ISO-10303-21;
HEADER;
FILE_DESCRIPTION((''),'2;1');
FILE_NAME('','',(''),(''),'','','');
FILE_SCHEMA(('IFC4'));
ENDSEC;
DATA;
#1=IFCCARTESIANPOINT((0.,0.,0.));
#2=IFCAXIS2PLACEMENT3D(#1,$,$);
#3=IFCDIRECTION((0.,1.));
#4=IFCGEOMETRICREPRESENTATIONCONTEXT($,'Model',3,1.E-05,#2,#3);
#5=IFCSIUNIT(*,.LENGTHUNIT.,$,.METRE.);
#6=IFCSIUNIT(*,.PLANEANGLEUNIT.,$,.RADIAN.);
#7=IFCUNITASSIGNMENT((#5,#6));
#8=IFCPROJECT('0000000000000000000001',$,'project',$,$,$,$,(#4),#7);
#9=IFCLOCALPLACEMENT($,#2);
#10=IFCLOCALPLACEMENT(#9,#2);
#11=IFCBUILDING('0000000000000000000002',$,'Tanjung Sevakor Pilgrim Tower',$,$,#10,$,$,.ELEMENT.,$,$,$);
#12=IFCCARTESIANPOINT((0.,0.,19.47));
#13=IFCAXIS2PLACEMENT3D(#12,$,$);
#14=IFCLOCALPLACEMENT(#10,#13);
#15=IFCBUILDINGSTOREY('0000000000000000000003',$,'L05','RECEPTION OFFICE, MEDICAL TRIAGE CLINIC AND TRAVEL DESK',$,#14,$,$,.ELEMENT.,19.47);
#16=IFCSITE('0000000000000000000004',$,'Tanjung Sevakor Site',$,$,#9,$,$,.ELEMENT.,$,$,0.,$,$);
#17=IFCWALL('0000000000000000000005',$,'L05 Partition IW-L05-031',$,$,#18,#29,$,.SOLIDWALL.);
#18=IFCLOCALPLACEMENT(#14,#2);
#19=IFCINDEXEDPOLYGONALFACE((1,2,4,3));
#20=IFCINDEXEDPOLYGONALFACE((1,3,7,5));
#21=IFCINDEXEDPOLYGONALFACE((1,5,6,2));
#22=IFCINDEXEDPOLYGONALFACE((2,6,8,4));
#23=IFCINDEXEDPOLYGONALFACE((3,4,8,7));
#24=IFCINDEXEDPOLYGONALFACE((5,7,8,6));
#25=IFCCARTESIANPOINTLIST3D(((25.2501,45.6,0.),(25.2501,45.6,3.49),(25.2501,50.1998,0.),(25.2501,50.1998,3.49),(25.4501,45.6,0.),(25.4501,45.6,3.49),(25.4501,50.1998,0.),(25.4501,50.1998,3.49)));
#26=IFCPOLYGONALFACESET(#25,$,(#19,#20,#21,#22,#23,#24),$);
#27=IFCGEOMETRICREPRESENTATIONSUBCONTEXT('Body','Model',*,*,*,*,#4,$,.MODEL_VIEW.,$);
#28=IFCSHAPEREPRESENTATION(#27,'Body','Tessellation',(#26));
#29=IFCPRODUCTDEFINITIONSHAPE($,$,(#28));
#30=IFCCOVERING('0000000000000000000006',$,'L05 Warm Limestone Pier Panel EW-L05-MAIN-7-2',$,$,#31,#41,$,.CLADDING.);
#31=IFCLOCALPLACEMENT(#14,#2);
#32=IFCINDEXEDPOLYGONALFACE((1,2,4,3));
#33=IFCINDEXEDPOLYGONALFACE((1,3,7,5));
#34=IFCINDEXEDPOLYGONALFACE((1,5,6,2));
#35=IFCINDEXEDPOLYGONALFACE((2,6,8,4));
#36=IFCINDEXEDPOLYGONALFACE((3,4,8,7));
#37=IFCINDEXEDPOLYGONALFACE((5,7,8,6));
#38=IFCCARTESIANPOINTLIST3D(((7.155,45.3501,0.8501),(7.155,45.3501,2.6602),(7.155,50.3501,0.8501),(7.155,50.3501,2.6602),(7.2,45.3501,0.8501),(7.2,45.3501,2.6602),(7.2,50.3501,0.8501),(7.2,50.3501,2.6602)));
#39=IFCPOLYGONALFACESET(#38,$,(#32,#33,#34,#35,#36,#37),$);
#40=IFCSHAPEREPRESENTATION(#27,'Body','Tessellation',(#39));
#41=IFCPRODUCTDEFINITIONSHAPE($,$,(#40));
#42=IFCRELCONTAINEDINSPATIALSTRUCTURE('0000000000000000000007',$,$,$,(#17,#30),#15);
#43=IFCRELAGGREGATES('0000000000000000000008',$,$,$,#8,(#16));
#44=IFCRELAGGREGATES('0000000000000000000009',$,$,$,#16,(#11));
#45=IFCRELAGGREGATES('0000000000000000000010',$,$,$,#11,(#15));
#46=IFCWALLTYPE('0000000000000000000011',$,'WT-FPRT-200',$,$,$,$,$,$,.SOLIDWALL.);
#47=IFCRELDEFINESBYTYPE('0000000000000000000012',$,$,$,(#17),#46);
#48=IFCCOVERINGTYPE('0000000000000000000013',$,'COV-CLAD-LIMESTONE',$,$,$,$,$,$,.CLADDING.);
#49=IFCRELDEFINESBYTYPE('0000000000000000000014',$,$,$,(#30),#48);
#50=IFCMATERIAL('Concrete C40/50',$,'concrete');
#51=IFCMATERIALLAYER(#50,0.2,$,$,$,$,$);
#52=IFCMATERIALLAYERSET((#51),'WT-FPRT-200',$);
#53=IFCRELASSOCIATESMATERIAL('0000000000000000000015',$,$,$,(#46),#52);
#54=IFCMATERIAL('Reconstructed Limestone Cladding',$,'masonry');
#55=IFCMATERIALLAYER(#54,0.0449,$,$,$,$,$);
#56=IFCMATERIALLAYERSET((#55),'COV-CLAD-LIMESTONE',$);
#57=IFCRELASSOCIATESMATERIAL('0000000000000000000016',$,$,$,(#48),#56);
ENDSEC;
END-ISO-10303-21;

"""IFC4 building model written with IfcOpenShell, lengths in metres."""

from ifc_helpers import new_model, si_unit, direction, frame, frame_2d, origin, origin_2d, place, context, subcontext, project, spatial, rectangle, extrude, material, layer, layer_set, type_object, element, save


model = new_model("IFC4")

# Units and contexts
model_context = context("Model", 3, precision=1e-05, world=origin(), true_north=direction((0.0, 1.0)))
body_context = subcontext(model_context, "Body", "Model", "MODEL_VIEW")
ifc_project = project(units=[si_unit("LENGTHUNIT", "METRE"), si_unit("PLANEANGLEUNIT", "RADIAN")], contexts=[model_context])

# Site, building, storey
site_placement = place(None, origin())
site = spatial("IfcSite", under=ifc_project, at=site_placement, Name="Tanjung Sevakor Site", CompositionType="ELEMENT", RefElevation=0.0)
building_placement = place(site_placement, origin())
building = spatial("IfcBuilding", under=site, at=building_placement, Name="Tanjung Sevakor Pilgrim Tower", CompositionType="ELEMENT")
storey_placement = place(building_placement, frame((0.0, 0.0, 19.47)))
storey = spatial("IfcBuildingStorey", under=building, at=storey_placement, Name="L05", Description="RECEPTION OFFICE, MEDICAL TRIAGE CLINIC AND TRAVEL DESK", CompositionType="ELEMENT", Elevation=19.47)

# Wall
ifc_material_1 = material(Name="Concrete C40/50", Category="concrete")
ifc_layer_1 = layer(ifc_material_1, 0.2)
ifc_layer_set_1 = layer_set([ifc_layer_1], Name="WT-FPRT-200")
wall_type_1 = type_object("IfcWallType", Name="WT-FPRT-200", PredefinedType="SOLIDWALL", material=ifc_layer_set_1)
wall_1_placement = place(storey_placement, frame((25.3501, 45.6001, 0.0), z_axis=(0.0, 0.0, 1.0), x_axis=(0.0, 1.0, 0.0)))
element("IfcWall", 1, at=wall_1_placement, inside=storey, type_object=wall_type_1, Name="L05 Partition IW-L05-031", PredefinedType="SOLIDWALL", context=body_context, shape_type="SweptSolid", body=[
    extrude(rectangle(XDim=4.5999, YDim=0.2, at=frame_2d((2.2998, 0.0))), origin(), (0.0, 0.0, 1.0), 3.49),
])

# Covering
ifc_material_2 = material(Name="Reconstructed Limestone Cladding", Category="masonry")
ifc_layer_2 = layer(ifc_material_2, 0.0449)
ifc_layer_set_2 = layer_set([ifc_layer_2], Name="COV-CLAD-LIMESTONE")
covering_type = type_object("IfcCoveringType", Name="COV-CLAD-LIMESTONE", PredefinedType="CLADDING", material=ifc_layer_set_2)
covering_placement = place(storey_placement, frame((7.1775, 47.8501, 0.8501), z_axis=(0.0, 0.0, 1.0), x_axis=(0.0, -1.0, 0.0)))
element("IfcCovering", 2, at=covering_placement, inside=storey, type_object=covering_type, Name="L05 Warm Limestone Pier Panel EW-L05-MAIN-7-2", PredefinedType="CLADDING", context=body_context, shape_type="SweptSolid", body=[
    extrude(rectangle(XDim=5.0, YDim=0.0449, at=origin_2d()), origin(), (0.0, 0.0, 1.0), 1.8101),
])

save(model, "model.ifc")
